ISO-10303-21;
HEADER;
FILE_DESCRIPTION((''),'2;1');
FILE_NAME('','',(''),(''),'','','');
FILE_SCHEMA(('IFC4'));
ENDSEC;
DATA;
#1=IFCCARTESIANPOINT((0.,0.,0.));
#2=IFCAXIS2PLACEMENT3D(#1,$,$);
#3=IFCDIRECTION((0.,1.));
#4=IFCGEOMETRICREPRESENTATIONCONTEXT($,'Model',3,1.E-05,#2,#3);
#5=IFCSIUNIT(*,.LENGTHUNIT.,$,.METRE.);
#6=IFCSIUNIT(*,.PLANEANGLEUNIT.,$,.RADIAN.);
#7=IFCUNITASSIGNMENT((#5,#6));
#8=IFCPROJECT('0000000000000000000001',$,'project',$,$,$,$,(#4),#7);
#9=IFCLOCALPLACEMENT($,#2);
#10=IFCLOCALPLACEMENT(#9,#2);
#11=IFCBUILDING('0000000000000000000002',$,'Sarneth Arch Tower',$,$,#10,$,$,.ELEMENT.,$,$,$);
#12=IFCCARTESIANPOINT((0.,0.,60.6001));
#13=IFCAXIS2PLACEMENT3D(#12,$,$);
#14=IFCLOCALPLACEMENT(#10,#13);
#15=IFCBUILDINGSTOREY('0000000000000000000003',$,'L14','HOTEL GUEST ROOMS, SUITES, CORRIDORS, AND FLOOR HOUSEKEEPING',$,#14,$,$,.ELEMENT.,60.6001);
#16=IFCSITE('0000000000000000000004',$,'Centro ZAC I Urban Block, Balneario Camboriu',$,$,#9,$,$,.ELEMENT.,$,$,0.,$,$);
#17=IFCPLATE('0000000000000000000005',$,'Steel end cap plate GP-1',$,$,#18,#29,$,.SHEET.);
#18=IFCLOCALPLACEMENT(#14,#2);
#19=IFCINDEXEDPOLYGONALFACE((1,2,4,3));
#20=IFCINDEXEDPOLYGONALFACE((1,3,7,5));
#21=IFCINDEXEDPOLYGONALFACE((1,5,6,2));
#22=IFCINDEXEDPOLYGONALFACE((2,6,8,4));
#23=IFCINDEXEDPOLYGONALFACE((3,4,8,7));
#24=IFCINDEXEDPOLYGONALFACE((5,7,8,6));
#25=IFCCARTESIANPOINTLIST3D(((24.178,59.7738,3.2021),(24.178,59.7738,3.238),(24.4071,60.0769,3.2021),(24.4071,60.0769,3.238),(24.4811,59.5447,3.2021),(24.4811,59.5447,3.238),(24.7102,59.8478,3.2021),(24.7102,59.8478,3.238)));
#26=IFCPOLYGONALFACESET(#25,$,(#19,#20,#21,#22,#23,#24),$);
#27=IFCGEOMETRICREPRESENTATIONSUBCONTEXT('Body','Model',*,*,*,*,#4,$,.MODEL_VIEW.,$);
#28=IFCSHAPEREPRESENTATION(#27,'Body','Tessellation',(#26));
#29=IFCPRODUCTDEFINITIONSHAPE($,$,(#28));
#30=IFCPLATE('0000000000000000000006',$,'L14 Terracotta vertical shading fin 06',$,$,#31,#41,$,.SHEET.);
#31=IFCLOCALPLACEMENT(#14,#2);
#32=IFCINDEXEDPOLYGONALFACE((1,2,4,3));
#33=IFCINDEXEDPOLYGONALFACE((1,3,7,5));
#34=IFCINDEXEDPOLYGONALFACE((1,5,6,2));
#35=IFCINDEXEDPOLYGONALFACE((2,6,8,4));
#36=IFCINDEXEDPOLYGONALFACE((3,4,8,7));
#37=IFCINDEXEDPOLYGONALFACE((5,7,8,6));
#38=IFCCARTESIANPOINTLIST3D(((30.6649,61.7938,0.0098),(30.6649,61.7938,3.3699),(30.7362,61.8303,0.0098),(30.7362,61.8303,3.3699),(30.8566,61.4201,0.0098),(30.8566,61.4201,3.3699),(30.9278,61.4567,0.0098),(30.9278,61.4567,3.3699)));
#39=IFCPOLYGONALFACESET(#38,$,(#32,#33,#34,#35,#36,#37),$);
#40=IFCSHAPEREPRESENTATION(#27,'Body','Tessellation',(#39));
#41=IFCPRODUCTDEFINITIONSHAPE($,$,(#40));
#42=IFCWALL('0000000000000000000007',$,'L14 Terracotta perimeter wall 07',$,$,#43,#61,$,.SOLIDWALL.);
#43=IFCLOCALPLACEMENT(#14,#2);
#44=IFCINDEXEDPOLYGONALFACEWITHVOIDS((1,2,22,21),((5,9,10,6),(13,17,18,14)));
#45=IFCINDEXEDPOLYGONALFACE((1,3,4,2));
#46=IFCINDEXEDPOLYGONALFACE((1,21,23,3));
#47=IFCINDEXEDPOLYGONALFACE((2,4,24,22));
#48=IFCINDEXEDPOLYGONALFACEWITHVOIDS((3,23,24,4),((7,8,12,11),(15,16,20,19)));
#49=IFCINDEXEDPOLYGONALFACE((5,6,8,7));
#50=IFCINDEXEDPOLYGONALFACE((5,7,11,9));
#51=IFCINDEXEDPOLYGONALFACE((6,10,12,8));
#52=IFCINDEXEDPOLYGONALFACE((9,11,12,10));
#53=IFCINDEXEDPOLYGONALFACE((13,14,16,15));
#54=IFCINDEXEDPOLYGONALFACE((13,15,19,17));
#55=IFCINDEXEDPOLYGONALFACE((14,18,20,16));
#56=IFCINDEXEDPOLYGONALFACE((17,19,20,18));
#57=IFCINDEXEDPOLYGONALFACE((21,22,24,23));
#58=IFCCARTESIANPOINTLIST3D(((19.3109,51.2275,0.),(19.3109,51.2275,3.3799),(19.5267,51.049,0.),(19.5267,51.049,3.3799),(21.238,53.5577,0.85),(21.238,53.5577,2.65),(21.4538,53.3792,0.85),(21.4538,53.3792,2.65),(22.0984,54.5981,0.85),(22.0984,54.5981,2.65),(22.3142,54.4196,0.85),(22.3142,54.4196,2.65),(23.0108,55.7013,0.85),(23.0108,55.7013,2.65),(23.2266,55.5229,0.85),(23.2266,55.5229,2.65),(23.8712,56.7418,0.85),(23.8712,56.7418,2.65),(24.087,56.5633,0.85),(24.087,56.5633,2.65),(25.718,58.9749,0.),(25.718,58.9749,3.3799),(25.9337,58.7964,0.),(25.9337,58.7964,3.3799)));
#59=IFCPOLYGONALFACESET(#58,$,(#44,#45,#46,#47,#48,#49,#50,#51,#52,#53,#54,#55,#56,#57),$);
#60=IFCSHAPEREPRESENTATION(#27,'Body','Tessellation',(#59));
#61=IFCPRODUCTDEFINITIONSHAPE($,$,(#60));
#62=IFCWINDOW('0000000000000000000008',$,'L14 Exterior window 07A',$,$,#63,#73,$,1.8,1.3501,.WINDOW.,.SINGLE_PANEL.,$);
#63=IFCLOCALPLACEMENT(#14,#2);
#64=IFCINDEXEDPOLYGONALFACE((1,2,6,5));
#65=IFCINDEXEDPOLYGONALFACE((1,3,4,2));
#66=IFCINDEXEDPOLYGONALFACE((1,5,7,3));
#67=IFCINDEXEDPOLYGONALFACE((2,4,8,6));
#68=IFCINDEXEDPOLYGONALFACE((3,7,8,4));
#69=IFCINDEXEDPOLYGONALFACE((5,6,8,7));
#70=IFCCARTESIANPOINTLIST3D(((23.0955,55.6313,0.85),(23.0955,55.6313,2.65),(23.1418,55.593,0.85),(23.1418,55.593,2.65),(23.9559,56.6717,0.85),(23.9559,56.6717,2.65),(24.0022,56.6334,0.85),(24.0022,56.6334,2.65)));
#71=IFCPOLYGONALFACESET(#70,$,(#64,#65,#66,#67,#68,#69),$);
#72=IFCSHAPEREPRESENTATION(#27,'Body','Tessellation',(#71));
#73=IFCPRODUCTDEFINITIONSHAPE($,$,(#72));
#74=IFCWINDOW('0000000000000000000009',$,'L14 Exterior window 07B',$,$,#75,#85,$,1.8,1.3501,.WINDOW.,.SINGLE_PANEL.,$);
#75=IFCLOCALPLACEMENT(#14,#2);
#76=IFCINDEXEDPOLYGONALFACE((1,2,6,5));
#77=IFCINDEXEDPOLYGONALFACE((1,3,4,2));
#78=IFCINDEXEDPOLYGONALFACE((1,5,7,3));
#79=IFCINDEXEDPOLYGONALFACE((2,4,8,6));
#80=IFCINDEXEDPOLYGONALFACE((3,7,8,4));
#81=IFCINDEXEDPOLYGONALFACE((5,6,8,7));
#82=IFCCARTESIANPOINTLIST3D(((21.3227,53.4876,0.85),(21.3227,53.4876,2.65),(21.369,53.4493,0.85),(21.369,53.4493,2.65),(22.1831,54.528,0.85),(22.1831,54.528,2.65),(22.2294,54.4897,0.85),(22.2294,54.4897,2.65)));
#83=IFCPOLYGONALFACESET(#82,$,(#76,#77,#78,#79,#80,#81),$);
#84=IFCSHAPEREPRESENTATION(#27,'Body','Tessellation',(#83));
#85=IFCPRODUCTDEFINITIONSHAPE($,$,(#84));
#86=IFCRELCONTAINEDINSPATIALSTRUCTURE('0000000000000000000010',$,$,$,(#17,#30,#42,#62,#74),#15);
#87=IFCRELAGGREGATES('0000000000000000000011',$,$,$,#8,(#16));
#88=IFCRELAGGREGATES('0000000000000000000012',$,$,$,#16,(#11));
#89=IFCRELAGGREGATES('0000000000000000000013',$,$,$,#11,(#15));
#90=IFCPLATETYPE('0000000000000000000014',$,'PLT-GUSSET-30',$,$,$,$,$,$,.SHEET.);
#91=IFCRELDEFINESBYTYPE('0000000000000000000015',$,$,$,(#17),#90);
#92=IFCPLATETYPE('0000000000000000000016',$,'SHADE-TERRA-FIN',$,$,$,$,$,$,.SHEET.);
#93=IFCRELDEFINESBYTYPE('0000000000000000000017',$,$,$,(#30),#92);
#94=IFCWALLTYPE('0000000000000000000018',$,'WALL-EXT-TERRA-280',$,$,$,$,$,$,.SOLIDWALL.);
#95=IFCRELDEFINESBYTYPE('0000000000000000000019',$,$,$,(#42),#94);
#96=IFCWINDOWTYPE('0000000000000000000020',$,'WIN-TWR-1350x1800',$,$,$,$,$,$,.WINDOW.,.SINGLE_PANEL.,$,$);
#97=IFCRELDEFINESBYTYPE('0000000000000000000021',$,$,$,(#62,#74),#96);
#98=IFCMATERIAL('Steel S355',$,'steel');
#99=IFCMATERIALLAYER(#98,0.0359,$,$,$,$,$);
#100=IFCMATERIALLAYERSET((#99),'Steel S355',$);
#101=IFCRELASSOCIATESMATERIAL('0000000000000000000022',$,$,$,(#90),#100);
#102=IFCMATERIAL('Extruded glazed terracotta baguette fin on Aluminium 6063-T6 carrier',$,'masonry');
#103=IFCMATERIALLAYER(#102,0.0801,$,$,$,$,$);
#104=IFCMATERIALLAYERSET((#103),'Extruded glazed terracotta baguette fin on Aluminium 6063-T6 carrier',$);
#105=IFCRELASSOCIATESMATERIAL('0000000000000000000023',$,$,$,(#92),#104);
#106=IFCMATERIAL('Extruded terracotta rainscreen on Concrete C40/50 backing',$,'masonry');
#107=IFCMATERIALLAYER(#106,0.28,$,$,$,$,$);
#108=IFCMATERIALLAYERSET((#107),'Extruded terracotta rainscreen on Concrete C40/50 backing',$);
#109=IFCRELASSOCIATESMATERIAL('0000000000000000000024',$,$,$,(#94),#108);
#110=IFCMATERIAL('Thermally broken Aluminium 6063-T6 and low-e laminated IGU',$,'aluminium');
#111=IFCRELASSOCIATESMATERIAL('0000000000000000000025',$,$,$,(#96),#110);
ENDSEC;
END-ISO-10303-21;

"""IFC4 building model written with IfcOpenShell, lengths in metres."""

from ifc_helpers import new_model, si_unit, direction, frame, frame_2d, origin, origin_2d, place, context, subcontext, project, spatial, rectangle, extrude, material, layer, layer_set, type_object, element, fill, save


model = new_model("IFC4")

# Units and contexts
model_context = context("Model", 3, precision=1e-05, world=origin(), true_north=direction((0.0, 1.0)))
body_context = subcontext(model_context, "Body", "Model", "MODEL_VIEW")
ifc_project = project(units=[si_unit("LENGTHUNIT", "METRE"), si_unit("PLANEANGLEUNIT", "RADIAN")], contexts=[model_context])

# Site, building, storey
site_placement = place(None, origin())
site = spatial("IfcSite", under=ifc_project, at=site_placement, Name="Centro ZAC I Urban Block, Balneario Camboriu", CompositionType="ELEMENT", RefElevation=0.0)
building_placement = place(site_placement, origin())
building = spatial("IfcBuilding", under=site, at=building_placement, Name="Sarneth Arch Tower", CompositionType="ELEMENT")
storey_placement = place(building_placement, frame((0.0, 0.0, 60.6001)))
storey = spatial("IfcBuildingStorey", under=building, at=storey_placement, Name="L14", Description="HOTEL GUEST ROOMS, SUITES, CORRIDORS, AND FLOOR HOUSEKEEPING", CompositionType="ELEMENT", Elevation=60.6001)

# Plates
ifc_material_1 = material(Name="Steel S355", Category="steel")
ifc_layer_1 = layer(ifc_material_1, 0.0359)
ifc_layer_set_1 = layer_set([ifc_layer_1], Name="Steel S355")
plate_type_1 = type_object("IfcPlateType", Name="PLT-GUSSET-30", PredefinedType="SHEET", material=ifc_layer_set_1)
plate_1_placement = place(storey_placement, frame((24.4441, 59.8108, 3.2021), z_axis=(0.0, 0.0, 1.0), x_axis=(-0.797689, 0.603069, 0.0)))
element("IfcPlate", 1, at=plate_1_placement, inside=storey, type_object=plate_type_1, Name="Steel end cap plate GP-1", PredefinedType="SHEET", context=body_context, shape_type="SweptSolid", body=[
    extrude(rectangle(XDim=0.3799, YDim=0.3799, at=origin_2d()), origin(), (0.0, 0.0, 1.0), 0.0359),
])
ifc_material_2 = material(Name="Extruded glazed terracotta baguette fin on Aluminium 6063-T6 carrier", Category="masonry")
ifc_layer_2 = layer(ifc_material_2, 0.0801)
ifc_layer_set_2 = layer_set([ifc_layer_2], Name="Extruded glazed terracotta baguette fin on Aluminium 6063-T6 carrier")
plate_type_2 = type_object("IfcPlateType", Name="SHADE-TERRA-FIN", PredefinedType="SHEET", material=ifc_layer_set_2)
plate_2_placement = place(storey_placement, frame((30.7964, 61.6252, 0.0098), z_axis=(0.0, 0.0, 1.0), x_axis=(-0.456322, 0.889815, 0.0)))
element("IfcPlate", 2, at=plate_2_placement, inside=storey, type_object=plate_type_2, Name="L14 Terracotta vertical shading fin 06", PredefinedType="SHEET", context=body_context, shape_type="SweptSolid", body=[
    extrude(rectangle(XDim=0.4199, YDim=0.0801, at=origin_2d()), origin(), (0.0, 0.0, 1.0), 3.3601),
])

# Wall, openings, windows
ifc_material_3 = material(Name="Extruded terracotta rainscreen on Concrete C40/50 backing", Category="masonry")
ifc_layer_3 = layer(ifc_material_3, 0.28)
ifc_layer_set_3 = layer_set([ifc_layer_3], Name="Extruded terracotta rainscreen on Concrete C40/50 backing")
wall_type = type_object("IfcWallType", Name="WALL-EXT-TERRA-280", PredefinedType="SOLIDWALL", material=ifc_layer_set_3)
wall_placement = place(storey_placement, frame((25.8259, 58.8857, 0.0), z_axis=(0.0, 0.0, 1.0), x_axis=(-0.637297, -0.770618, 0.0)))
wall = element("IfcWall", 3, at=wall_placement, inside=storey, type_object=wall_type, Name="L14 Terracotta perimeter wall 07", PredefinedType="SOLIDWALL", context=body_context, shape_type="SweptSolid", body=[
    extrude(rectangle(XDim=10.0535, YDim=0.28, at=frame_2d((5.0269, 0.0))), origin(), (0.0, 0.0, 1.0), 3.3799),
])
opening_1_placement = place(wall_placement, frame((2.8979, 0.0, 0.8501)))
opening_1 = element("IfcOpeningElement", 4, at=opening_1_placement, cuts=wall, PredefinedType="OPENING", context=body_context, shape_type="SweptSolid", body=[
    extrude(rectangle(XDim=1.3501, YDim=1.8, at=frame_2d((0.675, 0.8999))), frame((0.0, 0.1499, 0.0), z_axis=(0.0, -1.0, 0.0), x_axis=(1.0, 0.0, 0.0)), (0.0, 0.0, 1.0), 0.3),
])
opening_2_placement = place(wall_placement, frame((5.6797, 0.0, 0.8501)))
opening_2 = element("IfcOpeningElement", 5, at=opening_2_placement, cuts=wall, PredefinedType="OPENING", context=body_context, shape_type="SweptSolid", body=[
    extrude(rectangle(XDim=1.3501, YDim=1.8, at=frame_2d((0.675, 0.8999))), frame((0.0, 0.1499, 0.0), z_axis=(0.0, -1.0, 0.0), x_axis=(1.0, 0.0, 0.0)), (0.0, 0.0, 1.0), 0.3),
])
ifc_material_4 = material(Name="Thermally broken Aluminium 6063-T6 and low-e laminated IGU", Category="aluminium")
window_type = type_object("IfcWindowType", Name="WIN-TWR-1350x1800", PartitioningType="SINGLE_PANEL", PredefinedType="WINDOW", material=ifc_material_4)
window_1_placement = place(opening_1_placement, origin())
window_1 = element("IfcWindow", 6, at=window_1_placement, inside=storey, type_object=window_type, Name="L14 Exterior window 07A", OverallHeight=1.8, OverallWidth=1.3501, PartitioningType="SINGLE_PANEL", PredefinedType="WINDOW", context=body_context, shape_type="SweptSolid", body=[
    extrude(rectangle(XDim=1.3501, YDim=1.8, at=frame_2d((0.675, 0.8999))), frame((0.0, 0.03, 0.0), z_axis=(0.0, -1.0, 0.0), x_axis=(1.0, 0.0, 0.0)), (0.0, 0.0, 1.0), 0.0601),
])
fill(opening_1, window_1)
window_2_placement = place(opening_2_placement, origin())
window_2 = element("IfcWindow", 7, at=window_2_placement, inside=storey, type_object=window_type, Name="L14 Exterior window 07B", OverallHeight=1.8, OverallWidth=1.3501, PartitioningType="SINGLE_PANEL", PredefinedType="WINDOW", context=body_context, shape_type="SweptSolid", body=[
    extrude(rectangle(XDim=1.3501, YDim=1.8, at=frame_2d((0.675, 0.8999))), frame((0.0, 0.03, 0.0), z_axis=(0.0, -1.0, 0.0), x_axis=(1.0, 0.0, 0.0)), (0.0, 0.0, 1.0), 0.0601),
])
fill(opening_2, window_2)

save(model, "model.ifc")
